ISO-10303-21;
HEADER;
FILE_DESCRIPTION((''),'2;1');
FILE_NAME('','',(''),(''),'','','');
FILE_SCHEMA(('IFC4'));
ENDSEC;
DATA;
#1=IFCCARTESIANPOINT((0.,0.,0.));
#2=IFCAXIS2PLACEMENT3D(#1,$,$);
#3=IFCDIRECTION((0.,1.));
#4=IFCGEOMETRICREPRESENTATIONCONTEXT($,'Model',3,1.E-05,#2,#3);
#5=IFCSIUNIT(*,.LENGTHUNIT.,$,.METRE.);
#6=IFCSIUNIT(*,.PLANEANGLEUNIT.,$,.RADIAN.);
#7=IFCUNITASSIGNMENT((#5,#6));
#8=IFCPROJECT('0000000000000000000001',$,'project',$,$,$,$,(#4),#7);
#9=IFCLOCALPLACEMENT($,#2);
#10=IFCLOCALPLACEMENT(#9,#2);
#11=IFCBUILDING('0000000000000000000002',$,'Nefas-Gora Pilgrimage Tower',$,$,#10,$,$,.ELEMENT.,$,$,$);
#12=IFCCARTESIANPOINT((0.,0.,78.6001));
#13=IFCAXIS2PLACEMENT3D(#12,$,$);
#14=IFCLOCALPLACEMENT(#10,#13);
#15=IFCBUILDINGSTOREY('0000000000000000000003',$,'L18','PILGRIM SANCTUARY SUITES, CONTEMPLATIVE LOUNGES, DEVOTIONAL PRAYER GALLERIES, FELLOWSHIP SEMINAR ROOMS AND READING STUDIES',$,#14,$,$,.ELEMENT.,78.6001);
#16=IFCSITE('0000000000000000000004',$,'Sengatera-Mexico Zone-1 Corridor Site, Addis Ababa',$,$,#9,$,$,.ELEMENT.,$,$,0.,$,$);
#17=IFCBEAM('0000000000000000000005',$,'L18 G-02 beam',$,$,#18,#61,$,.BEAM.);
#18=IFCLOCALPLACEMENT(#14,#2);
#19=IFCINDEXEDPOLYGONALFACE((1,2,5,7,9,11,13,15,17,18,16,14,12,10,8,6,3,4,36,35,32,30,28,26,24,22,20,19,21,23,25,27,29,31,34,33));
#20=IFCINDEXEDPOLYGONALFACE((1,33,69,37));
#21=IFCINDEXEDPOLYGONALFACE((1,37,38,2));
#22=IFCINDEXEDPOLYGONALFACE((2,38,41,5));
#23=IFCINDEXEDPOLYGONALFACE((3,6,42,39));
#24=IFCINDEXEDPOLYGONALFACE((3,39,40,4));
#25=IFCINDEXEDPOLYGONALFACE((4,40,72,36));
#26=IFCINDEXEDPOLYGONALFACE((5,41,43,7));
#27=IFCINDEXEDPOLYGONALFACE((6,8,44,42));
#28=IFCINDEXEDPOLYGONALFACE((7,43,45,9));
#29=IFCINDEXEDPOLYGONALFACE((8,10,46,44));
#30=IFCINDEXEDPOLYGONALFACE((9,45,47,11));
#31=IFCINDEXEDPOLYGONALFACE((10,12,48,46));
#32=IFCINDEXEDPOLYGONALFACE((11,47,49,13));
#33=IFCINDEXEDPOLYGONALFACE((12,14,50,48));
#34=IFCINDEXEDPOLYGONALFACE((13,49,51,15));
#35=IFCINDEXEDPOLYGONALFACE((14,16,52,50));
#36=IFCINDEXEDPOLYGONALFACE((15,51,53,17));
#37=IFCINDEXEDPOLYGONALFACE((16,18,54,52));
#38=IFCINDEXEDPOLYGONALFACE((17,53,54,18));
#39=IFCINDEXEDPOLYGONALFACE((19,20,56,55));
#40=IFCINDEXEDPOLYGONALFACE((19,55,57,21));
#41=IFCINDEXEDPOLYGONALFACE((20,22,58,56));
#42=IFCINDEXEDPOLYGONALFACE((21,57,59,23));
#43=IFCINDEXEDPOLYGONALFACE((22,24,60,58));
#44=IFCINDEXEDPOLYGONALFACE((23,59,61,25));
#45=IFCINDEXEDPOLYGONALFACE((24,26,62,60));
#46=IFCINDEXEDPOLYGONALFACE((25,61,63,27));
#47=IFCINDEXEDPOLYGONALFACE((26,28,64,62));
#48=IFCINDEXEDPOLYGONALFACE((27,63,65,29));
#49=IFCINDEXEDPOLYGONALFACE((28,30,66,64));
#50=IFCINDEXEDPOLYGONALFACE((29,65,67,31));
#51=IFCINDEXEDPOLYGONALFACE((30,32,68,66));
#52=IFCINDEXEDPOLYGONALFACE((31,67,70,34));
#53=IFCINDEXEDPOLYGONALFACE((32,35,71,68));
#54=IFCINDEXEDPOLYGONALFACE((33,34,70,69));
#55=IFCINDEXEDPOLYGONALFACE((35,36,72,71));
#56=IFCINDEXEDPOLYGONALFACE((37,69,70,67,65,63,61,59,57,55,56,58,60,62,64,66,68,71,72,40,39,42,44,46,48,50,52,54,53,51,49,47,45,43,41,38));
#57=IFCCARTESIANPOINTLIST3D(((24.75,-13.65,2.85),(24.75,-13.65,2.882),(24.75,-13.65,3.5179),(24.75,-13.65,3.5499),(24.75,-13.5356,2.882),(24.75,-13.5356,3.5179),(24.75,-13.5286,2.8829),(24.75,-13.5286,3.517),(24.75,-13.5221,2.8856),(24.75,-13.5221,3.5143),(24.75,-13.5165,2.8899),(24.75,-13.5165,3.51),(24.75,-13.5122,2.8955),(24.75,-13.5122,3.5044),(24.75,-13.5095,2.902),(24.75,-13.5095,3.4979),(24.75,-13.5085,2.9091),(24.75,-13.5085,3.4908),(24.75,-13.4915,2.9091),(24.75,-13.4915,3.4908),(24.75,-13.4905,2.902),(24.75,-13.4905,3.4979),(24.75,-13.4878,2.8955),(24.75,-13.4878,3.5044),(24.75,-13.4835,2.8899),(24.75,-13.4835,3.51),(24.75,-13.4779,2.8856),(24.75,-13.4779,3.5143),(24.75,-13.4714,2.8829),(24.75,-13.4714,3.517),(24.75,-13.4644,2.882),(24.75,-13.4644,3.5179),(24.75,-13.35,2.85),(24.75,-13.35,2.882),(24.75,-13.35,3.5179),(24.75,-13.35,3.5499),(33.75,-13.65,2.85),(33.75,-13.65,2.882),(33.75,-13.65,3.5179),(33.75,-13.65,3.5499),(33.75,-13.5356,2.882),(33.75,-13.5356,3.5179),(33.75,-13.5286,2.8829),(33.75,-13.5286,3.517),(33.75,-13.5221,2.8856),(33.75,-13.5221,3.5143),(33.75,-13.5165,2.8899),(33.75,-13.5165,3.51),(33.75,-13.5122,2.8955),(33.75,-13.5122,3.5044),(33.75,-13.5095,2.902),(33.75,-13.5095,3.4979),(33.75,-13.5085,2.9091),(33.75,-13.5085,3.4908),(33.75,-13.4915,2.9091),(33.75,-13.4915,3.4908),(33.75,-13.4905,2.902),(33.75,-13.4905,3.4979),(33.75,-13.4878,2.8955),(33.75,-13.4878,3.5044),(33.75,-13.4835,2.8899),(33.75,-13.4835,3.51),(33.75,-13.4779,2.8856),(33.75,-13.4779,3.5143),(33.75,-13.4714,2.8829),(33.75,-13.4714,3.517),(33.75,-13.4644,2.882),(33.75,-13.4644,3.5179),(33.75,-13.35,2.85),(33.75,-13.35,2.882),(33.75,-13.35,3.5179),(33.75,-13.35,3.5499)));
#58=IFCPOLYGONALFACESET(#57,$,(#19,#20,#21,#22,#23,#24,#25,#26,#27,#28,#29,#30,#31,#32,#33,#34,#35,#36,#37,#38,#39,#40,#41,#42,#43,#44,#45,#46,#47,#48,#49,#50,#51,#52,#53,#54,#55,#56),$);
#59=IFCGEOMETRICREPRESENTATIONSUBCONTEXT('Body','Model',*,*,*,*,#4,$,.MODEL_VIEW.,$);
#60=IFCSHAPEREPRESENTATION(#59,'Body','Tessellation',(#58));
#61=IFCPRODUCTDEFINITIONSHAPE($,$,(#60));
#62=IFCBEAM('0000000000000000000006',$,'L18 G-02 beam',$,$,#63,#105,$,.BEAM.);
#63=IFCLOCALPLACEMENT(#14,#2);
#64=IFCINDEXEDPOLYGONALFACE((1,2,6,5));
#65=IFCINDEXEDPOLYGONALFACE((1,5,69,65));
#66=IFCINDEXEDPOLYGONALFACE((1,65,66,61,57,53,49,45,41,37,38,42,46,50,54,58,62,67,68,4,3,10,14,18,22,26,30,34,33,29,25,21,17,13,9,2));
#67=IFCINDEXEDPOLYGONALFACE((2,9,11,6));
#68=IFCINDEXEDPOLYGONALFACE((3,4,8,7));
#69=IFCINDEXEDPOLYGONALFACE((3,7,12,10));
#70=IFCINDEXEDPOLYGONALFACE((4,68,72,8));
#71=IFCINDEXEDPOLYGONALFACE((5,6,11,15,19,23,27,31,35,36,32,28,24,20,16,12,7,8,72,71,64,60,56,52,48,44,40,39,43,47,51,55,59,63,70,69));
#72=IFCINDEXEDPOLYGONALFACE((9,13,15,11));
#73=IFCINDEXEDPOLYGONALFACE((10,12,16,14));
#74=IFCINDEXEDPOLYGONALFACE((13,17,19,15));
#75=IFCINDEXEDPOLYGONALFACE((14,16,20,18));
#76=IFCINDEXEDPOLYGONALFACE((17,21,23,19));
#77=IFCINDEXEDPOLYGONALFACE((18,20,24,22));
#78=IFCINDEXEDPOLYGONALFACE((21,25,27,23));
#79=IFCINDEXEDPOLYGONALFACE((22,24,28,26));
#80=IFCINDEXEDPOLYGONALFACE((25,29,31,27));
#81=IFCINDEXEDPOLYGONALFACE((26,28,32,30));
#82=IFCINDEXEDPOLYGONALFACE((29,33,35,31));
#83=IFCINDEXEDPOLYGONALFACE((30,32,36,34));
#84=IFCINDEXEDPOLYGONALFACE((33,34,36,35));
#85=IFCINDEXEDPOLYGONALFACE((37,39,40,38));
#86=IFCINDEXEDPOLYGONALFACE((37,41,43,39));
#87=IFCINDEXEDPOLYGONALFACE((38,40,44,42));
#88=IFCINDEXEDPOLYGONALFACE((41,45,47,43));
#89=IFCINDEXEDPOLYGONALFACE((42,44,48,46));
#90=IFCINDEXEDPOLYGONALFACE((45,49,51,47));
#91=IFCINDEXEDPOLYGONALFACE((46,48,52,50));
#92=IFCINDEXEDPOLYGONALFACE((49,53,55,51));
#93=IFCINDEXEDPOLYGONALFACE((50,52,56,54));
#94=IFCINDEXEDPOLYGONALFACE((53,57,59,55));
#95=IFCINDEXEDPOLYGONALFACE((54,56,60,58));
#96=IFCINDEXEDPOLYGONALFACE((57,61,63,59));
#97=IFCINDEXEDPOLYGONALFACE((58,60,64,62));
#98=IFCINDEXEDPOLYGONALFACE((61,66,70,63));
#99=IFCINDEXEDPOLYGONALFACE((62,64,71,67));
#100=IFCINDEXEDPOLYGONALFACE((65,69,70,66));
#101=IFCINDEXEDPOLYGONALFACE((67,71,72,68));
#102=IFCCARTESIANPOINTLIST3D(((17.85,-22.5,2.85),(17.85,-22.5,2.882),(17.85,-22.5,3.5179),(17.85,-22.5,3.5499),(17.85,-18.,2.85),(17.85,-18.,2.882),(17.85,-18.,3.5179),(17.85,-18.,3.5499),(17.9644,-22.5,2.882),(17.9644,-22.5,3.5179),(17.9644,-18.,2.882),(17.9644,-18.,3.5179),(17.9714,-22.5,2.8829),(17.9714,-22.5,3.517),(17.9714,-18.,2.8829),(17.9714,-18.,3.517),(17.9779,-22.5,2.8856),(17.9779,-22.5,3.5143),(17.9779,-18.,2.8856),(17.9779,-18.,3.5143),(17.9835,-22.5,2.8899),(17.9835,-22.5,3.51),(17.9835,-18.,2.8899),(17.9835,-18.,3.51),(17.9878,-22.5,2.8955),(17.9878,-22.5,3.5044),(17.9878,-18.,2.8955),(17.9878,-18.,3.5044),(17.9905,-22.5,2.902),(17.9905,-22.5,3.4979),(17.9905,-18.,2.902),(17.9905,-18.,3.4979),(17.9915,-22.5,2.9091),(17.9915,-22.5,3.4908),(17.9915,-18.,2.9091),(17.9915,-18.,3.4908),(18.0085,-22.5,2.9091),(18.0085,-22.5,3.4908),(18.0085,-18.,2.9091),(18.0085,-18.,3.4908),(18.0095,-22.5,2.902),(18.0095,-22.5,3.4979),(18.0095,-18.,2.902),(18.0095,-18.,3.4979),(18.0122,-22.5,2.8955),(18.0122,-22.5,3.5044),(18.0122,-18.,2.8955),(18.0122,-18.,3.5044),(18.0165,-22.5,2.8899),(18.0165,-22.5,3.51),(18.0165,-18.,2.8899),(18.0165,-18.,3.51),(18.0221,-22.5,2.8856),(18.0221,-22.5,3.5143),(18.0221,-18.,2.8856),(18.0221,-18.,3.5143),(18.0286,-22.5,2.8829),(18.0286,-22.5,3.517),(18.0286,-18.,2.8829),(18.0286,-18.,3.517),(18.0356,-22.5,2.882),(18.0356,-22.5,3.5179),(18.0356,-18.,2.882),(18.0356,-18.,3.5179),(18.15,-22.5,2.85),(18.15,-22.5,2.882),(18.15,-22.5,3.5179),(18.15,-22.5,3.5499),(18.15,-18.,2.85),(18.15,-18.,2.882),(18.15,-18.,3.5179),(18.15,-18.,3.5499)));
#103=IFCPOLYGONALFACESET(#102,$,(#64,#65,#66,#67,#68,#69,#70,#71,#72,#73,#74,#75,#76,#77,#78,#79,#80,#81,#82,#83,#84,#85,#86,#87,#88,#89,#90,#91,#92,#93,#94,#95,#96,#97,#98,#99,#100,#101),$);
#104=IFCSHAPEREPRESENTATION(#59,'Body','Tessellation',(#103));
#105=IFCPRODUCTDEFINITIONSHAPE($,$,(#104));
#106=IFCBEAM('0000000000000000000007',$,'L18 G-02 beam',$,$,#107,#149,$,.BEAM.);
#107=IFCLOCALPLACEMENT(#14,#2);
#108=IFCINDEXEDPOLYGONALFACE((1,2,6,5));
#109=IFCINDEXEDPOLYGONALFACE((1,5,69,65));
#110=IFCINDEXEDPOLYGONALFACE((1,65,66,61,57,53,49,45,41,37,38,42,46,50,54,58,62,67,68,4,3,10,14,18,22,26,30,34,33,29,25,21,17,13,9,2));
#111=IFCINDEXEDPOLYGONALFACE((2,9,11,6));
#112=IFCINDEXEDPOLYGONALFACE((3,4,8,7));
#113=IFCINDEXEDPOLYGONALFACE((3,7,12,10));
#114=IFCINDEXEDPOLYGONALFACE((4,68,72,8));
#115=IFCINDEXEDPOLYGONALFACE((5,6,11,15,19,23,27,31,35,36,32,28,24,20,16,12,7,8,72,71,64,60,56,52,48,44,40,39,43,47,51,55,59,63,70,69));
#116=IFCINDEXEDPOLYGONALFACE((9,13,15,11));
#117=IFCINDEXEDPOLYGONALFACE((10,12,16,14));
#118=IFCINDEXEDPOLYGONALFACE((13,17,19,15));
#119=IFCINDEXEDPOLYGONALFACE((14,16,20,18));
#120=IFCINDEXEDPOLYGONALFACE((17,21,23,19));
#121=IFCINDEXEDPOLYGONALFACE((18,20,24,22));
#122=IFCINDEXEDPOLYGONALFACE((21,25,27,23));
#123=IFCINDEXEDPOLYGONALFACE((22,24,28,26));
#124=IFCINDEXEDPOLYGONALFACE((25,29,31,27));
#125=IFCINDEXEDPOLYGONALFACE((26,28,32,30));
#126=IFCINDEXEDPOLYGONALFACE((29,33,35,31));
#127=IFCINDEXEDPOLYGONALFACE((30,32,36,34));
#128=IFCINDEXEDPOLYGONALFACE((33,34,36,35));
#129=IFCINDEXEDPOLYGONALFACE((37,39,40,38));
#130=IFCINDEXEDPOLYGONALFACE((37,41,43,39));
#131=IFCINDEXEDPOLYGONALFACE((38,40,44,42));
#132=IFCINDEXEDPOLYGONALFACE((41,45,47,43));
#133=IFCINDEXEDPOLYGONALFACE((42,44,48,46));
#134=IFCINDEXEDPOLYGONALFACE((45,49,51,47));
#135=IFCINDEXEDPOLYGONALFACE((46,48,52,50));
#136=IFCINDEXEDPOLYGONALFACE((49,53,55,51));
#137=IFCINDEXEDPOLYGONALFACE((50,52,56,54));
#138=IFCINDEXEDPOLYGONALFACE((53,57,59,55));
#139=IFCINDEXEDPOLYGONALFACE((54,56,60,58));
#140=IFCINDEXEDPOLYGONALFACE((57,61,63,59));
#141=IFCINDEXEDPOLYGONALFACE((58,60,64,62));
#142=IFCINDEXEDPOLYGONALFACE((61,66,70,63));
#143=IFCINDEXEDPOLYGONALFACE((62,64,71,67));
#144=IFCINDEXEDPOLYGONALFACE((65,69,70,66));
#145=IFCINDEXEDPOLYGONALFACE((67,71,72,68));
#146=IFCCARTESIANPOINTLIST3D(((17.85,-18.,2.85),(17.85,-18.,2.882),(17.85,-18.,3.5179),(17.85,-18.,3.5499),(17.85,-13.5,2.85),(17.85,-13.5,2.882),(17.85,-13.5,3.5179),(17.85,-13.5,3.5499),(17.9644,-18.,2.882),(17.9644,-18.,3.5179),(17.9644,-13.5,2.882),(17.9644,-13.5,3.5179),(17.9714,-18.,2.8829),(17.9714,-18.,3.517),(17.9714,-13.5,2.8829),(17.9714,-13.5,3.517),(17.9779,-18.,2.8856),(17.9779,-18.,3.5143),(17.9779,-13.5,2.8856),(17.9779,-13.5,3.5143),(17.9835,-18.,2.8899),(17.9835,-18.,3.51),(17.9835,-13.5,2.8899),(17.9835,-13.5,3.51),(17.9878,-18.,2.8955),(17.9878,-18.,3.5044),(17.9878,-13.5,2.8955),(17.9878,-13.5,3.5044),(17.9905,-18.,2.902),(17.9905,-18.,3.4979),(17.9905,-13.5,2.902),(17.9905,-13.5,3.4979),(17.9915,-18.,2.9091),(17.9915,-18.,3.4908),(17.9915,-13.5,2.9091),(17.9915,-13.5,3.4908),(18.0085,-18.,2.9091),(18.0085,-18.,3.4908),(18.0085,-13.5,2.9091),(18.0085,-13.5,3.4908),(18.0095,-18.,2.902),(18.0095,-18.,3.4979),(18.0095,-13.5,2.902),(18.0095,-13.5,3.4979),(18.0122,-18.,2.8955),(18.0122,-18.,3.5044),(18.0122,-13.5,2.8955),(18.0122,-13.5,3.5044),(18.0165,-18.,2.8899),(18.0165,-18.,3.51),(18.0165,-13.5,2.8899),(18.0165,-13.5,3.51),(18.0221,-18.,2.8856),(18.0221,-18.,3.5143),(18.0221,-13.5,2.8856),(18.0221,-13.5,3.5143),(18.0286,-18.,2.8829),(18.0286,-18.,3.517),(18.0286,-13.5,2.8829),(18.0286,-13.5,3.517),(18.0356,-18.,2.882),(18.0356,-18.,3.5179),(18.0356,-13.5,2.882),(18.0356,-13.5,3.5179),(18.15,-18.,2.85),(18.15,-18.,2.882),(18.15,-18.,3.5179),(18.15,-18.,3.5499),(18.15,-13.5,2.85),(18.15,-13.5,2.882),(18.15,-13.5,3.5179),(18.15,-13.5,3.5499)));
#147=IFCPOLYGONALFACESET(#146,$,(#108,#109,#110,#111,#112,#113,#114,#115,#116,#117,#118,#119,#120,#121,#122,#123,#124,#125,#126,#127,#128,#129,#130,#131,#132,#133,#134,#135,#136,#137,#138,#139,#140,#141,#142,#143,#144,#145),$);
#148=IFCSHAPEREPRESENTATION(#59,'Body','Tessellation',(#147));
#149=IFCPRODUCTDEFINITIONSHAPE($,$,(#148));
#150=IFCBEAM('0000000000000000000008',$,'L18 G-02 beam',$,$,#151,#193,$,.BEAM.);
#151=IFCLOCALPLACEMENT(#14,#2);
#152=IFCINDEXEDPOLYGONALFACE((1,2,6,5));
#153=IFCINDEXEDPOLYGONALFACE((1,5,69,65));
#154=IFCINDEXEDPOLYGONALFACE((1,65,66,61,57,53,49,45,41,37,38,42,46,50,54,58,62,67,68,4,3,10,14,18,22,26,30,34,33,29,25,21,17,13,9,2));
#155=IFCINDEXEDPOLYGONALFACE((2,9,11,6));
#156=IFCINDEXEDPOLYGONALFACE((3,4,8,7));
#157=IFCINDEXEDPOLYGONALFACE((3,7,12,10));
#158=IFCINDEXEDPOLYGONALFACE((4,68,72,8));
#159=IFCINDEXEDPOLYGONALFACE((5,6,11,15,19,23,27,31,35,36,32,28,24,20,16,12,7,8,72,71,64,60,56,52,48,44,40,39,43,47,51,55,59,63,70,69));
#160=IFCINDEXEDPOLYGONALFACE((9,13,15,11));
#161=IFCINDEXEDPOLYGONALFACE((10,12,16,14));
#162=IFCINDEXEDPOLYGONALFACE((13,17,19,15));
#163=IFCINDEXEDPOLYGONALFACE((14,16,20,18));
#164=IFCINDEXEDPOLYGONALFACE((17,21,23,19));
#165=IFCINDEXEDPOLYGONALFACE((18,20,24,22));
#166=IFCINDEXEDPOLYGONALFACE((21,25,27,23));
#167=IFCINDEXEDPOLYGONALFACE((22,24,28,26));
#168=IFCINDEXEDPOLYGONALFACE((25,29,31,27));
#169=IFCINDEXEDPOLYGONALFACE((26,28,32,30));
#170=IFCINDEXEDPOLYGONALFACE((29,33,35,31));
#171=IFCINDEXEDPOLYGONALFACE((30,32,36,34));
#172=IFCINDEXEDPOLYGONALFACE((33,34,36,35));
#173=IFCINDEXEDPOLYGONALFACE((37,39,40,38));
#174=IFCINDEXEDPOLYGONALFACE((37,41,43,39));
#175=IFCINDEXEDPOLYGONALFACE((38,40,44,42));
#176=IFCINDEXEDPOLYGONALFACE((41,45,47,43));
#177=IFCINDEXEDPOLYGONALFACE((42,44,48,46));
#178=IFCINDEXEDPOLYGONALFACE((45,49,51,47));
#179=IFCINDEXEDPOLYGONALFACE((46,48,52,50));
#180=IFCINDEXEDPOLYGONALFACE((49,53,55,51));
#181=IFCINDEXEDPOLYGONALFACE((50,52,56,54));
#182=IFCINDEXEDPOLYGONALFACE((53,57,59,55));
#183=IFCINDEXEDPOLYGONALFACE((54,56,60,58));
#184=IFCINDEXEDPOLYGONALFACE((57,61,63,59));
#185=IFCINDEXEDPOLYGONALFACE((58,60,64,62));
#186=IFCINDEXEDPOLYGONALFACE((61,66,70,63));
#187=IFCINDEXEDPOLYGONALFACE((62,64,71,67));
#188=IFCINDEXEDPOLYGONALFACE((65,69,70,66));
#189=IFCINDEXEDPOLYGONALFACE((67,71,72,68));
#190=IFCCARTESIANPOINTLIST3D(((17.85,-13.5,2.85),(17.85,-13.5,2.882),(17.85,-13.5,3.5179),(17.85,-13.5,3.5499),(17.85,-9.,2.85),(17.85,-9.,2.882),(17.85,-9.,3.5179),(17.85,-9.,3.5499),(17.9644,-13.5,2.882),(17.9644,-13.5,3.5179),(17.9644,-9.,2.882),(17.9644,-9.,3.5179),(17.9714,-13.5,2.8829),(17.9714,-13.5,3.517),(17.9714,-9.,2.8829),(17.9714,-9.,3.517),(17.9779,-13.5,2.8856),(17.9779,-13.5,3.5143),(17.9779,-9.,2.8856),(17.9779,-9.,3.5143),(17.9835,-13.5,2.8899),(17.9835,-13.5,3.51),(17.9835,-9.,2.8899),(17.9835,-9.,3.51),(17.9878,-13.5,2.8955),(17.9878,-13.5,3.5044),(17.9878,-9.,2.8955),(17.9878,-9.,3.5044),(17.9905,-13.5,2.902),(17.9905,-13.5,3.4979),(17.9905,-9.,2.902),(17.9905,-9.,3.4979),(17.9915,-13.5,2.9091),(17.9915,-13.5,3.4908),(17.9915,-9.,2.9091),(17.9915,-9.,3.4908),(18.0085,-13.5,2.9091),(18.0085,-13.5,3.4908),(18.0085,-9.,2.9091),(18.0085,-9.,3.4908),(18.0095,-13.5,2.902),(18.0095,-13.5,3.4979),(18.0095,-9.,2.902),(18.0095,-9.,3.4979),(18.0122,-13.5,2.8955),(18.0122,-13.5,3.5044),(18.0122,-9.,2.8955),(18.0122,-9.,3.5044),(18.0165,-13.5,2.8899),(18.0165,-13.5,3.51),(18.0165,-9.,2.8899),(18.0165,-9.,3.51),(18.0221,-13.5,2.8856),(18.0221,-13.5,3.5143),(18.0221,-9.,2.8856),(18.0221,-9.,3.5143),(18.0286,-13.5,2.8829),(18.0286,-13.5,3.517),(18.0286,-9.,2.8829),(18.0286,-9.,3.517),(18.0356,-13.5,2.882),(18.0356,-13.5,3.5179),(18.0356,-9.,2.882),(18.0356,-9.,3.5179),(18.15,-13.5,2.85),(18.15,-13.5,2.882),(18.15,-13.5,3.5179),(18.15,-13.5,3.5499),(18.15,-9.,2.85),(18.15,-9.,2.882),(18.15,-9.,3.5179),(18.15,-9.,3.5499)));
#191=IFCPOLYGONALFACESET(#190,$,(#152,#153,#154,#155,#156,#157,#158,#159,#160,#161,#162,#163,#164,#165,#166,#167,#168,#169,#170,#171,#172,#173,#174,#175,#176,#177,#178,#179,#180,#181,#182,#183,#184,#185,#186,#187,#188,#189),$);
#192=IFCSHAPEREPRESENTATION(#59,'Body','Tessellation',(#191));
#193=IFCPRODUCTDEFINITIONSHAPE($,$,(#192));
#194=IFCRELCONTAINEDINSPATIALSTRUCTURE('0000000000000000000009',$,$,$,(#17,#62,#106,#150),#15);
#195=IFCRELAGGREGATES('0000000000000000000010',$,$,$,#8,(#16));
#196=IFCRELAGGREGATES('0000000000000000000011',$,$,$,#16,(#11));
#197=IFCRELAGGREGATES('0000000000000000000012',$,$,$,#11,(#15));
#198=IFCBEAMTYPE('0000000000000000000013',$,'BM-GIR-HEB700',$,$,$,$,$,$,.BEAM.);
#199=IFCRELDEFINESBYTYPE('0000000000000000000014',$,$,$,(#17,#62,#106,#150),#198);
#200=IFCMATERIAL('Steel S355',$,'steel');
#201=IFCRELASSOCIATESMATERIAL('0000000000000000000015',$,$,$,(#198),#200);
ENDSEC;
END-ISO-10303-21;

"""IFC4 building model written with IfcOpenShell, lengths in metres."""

from ifc_helpers import new_model, si_unit, direction, frame, origin, origin_2d, place, context, subcontext, project, spatial, i_section, extrude, source, transform, mapped, material, material_profile, profile_set, type_object, element, save


model = new_model("IFC4")

# Units and contexts
model_context = context("Model", 3, precision=1e-05, world=origin(), true_north=direction((0.0, 1.0)))
body_context = subcontext(model_context, "Body", "Model", "MODEL_VIEW")
ifc_project = project(units=[si_unit("LENGTHUNIT", "METRE"), si_unit("PLANEANGLEUNIT", "RADIAN")], contexts=[model_context])

# Site, building, storey
site_placement = place(None, origin())
site = spatial("IfcSite", under=ifc_project, at=site_placement, Name="Sengatera-Mexico Zone-1 Corridor Site, Addis Ababa", CompositionType="ELEMENT", RefElevation=0.0)
building_placement = place(site_placement, origin())
building = spatial("IfcBuilding", under=site, at=building_placement, Name="Nefas-Gora Pilgrimage Tower", CompositionType="ELEMENT")
storey_placement = place(building_placement, frame((0.0, 0.0, 78.6001)))
storey = spatial("IfcBuildingStorey", under=building, at=storey_placement, Name="L18", Description="PILGRIM SANCTUARY SUITES, CONTEMPLATIVE LOUNGES, DEVOTIONAL PRAYER GALLERIES, FELLOWSHIP SEMINAR ROOMS AND READING STUDIES", CompositionType="ELEMENT", Elevation=78.6001)

# Beams
ifc_material_1 = material(Name="Steel S355", Category="steel")
ifc_material_profile_1 = material_profile(ifc_material_1, i_section(OverallWidth=0.3, OverallDepth=0.7, WebThickness=0.0171, FlangeThickness=0.032, FilletRadius=0.0271, at=origin_2d()), Name="HEB 700")
ifc_profile_set_1 = profile_set([ifc_material_profile_1], Name="Steel S355")
beam_type_1 = type_object("IfcBeamType", Name="BM-GIR-HEB700", PredefinedType="BEAM", material=ifc_profile_set_1)
shared_shape_1 = source(origin(), body_context, "Body", "SweptSolid", [
    extrude(i_section(OverallWidth=0.3, OverallDepth=0.7, WebThickness=0.0171, FlangeThickness=0.032, FilletRadius=0.0271, at=origin_2d()), origin(), (0.0, 0.0, 1.0), 9.0),
])
beam_1_placement = place(storey_placement, frame((24.75, -13.5, 3.2), z_axis=(1.0, 0.0, 0.0), x_axis=(0.0, 1.0, 0.0)))
element("IfcBeam", 1, at=beam_1_placement, inside=storey, type_object=beam_type_1, Name="L18 G-02 beam", PredefinedType="BEAM", context=body_context, shape_type="MappedRepresentation", body=[
    mapped(shared_shape_1, transform((0.0, 0.0, 0.0), x_axis=(1.0, 0.0, 0.0), y_axis=(0.0, 1.0, 0.0), z_axis=(0.0, 0.0, 1.0), scale=1.0)),
])
shared_shape_2 = source(origin(), body_context, "Body", "SweptSolid", [
    extrude(i_section(OverallWidth=0.3, OverallDepth=0.7, WebThickness=0.0171, FlangeThickness=0.032, FilletRadius=0.0271, at=origin_2d()), origin(), (0.0, 0.0, 1.0), 4.5),
])
for number, where, z_axis, x_axis, name in (
    (2, (18.0, -22.5, 3.2), (0.0, 1.0, 0.0), (-1.0, 0.0, 0.0), "L18 G-02 beam"),
    (3, (18.0, -18.0, 3.2), (0.0, 1.0, 0.0), (-1.0, 0.0, 0.0), "L18 G-02 beam"),
    (4, (18.0, -13.5, 3.2), (0.0, 1.0, 0.0), (-1.0, 0.0, 0.0), "L18 G-02 beam"),
):
    element("IfcBeam", number, at=place(storey_placement, frame(where, z_axis=z_axis, x_axis=x_axis)), inside=storey, type_object=beam_type_1, Name=name, PredefinedType="BEAM", context=body_context, shape_type="MappedRepresentation", body=[
        mapped(shared_shape_2, transform((0.0, 0.0, 0.0), x_axis=(1.0, 0.0, 0.0), y_axis=(0.0, 1.0, 0.0), z_axis=(0.0, 0.0, 1.0), scale=1.0)),
    ])

save(model, "model.ifc")
